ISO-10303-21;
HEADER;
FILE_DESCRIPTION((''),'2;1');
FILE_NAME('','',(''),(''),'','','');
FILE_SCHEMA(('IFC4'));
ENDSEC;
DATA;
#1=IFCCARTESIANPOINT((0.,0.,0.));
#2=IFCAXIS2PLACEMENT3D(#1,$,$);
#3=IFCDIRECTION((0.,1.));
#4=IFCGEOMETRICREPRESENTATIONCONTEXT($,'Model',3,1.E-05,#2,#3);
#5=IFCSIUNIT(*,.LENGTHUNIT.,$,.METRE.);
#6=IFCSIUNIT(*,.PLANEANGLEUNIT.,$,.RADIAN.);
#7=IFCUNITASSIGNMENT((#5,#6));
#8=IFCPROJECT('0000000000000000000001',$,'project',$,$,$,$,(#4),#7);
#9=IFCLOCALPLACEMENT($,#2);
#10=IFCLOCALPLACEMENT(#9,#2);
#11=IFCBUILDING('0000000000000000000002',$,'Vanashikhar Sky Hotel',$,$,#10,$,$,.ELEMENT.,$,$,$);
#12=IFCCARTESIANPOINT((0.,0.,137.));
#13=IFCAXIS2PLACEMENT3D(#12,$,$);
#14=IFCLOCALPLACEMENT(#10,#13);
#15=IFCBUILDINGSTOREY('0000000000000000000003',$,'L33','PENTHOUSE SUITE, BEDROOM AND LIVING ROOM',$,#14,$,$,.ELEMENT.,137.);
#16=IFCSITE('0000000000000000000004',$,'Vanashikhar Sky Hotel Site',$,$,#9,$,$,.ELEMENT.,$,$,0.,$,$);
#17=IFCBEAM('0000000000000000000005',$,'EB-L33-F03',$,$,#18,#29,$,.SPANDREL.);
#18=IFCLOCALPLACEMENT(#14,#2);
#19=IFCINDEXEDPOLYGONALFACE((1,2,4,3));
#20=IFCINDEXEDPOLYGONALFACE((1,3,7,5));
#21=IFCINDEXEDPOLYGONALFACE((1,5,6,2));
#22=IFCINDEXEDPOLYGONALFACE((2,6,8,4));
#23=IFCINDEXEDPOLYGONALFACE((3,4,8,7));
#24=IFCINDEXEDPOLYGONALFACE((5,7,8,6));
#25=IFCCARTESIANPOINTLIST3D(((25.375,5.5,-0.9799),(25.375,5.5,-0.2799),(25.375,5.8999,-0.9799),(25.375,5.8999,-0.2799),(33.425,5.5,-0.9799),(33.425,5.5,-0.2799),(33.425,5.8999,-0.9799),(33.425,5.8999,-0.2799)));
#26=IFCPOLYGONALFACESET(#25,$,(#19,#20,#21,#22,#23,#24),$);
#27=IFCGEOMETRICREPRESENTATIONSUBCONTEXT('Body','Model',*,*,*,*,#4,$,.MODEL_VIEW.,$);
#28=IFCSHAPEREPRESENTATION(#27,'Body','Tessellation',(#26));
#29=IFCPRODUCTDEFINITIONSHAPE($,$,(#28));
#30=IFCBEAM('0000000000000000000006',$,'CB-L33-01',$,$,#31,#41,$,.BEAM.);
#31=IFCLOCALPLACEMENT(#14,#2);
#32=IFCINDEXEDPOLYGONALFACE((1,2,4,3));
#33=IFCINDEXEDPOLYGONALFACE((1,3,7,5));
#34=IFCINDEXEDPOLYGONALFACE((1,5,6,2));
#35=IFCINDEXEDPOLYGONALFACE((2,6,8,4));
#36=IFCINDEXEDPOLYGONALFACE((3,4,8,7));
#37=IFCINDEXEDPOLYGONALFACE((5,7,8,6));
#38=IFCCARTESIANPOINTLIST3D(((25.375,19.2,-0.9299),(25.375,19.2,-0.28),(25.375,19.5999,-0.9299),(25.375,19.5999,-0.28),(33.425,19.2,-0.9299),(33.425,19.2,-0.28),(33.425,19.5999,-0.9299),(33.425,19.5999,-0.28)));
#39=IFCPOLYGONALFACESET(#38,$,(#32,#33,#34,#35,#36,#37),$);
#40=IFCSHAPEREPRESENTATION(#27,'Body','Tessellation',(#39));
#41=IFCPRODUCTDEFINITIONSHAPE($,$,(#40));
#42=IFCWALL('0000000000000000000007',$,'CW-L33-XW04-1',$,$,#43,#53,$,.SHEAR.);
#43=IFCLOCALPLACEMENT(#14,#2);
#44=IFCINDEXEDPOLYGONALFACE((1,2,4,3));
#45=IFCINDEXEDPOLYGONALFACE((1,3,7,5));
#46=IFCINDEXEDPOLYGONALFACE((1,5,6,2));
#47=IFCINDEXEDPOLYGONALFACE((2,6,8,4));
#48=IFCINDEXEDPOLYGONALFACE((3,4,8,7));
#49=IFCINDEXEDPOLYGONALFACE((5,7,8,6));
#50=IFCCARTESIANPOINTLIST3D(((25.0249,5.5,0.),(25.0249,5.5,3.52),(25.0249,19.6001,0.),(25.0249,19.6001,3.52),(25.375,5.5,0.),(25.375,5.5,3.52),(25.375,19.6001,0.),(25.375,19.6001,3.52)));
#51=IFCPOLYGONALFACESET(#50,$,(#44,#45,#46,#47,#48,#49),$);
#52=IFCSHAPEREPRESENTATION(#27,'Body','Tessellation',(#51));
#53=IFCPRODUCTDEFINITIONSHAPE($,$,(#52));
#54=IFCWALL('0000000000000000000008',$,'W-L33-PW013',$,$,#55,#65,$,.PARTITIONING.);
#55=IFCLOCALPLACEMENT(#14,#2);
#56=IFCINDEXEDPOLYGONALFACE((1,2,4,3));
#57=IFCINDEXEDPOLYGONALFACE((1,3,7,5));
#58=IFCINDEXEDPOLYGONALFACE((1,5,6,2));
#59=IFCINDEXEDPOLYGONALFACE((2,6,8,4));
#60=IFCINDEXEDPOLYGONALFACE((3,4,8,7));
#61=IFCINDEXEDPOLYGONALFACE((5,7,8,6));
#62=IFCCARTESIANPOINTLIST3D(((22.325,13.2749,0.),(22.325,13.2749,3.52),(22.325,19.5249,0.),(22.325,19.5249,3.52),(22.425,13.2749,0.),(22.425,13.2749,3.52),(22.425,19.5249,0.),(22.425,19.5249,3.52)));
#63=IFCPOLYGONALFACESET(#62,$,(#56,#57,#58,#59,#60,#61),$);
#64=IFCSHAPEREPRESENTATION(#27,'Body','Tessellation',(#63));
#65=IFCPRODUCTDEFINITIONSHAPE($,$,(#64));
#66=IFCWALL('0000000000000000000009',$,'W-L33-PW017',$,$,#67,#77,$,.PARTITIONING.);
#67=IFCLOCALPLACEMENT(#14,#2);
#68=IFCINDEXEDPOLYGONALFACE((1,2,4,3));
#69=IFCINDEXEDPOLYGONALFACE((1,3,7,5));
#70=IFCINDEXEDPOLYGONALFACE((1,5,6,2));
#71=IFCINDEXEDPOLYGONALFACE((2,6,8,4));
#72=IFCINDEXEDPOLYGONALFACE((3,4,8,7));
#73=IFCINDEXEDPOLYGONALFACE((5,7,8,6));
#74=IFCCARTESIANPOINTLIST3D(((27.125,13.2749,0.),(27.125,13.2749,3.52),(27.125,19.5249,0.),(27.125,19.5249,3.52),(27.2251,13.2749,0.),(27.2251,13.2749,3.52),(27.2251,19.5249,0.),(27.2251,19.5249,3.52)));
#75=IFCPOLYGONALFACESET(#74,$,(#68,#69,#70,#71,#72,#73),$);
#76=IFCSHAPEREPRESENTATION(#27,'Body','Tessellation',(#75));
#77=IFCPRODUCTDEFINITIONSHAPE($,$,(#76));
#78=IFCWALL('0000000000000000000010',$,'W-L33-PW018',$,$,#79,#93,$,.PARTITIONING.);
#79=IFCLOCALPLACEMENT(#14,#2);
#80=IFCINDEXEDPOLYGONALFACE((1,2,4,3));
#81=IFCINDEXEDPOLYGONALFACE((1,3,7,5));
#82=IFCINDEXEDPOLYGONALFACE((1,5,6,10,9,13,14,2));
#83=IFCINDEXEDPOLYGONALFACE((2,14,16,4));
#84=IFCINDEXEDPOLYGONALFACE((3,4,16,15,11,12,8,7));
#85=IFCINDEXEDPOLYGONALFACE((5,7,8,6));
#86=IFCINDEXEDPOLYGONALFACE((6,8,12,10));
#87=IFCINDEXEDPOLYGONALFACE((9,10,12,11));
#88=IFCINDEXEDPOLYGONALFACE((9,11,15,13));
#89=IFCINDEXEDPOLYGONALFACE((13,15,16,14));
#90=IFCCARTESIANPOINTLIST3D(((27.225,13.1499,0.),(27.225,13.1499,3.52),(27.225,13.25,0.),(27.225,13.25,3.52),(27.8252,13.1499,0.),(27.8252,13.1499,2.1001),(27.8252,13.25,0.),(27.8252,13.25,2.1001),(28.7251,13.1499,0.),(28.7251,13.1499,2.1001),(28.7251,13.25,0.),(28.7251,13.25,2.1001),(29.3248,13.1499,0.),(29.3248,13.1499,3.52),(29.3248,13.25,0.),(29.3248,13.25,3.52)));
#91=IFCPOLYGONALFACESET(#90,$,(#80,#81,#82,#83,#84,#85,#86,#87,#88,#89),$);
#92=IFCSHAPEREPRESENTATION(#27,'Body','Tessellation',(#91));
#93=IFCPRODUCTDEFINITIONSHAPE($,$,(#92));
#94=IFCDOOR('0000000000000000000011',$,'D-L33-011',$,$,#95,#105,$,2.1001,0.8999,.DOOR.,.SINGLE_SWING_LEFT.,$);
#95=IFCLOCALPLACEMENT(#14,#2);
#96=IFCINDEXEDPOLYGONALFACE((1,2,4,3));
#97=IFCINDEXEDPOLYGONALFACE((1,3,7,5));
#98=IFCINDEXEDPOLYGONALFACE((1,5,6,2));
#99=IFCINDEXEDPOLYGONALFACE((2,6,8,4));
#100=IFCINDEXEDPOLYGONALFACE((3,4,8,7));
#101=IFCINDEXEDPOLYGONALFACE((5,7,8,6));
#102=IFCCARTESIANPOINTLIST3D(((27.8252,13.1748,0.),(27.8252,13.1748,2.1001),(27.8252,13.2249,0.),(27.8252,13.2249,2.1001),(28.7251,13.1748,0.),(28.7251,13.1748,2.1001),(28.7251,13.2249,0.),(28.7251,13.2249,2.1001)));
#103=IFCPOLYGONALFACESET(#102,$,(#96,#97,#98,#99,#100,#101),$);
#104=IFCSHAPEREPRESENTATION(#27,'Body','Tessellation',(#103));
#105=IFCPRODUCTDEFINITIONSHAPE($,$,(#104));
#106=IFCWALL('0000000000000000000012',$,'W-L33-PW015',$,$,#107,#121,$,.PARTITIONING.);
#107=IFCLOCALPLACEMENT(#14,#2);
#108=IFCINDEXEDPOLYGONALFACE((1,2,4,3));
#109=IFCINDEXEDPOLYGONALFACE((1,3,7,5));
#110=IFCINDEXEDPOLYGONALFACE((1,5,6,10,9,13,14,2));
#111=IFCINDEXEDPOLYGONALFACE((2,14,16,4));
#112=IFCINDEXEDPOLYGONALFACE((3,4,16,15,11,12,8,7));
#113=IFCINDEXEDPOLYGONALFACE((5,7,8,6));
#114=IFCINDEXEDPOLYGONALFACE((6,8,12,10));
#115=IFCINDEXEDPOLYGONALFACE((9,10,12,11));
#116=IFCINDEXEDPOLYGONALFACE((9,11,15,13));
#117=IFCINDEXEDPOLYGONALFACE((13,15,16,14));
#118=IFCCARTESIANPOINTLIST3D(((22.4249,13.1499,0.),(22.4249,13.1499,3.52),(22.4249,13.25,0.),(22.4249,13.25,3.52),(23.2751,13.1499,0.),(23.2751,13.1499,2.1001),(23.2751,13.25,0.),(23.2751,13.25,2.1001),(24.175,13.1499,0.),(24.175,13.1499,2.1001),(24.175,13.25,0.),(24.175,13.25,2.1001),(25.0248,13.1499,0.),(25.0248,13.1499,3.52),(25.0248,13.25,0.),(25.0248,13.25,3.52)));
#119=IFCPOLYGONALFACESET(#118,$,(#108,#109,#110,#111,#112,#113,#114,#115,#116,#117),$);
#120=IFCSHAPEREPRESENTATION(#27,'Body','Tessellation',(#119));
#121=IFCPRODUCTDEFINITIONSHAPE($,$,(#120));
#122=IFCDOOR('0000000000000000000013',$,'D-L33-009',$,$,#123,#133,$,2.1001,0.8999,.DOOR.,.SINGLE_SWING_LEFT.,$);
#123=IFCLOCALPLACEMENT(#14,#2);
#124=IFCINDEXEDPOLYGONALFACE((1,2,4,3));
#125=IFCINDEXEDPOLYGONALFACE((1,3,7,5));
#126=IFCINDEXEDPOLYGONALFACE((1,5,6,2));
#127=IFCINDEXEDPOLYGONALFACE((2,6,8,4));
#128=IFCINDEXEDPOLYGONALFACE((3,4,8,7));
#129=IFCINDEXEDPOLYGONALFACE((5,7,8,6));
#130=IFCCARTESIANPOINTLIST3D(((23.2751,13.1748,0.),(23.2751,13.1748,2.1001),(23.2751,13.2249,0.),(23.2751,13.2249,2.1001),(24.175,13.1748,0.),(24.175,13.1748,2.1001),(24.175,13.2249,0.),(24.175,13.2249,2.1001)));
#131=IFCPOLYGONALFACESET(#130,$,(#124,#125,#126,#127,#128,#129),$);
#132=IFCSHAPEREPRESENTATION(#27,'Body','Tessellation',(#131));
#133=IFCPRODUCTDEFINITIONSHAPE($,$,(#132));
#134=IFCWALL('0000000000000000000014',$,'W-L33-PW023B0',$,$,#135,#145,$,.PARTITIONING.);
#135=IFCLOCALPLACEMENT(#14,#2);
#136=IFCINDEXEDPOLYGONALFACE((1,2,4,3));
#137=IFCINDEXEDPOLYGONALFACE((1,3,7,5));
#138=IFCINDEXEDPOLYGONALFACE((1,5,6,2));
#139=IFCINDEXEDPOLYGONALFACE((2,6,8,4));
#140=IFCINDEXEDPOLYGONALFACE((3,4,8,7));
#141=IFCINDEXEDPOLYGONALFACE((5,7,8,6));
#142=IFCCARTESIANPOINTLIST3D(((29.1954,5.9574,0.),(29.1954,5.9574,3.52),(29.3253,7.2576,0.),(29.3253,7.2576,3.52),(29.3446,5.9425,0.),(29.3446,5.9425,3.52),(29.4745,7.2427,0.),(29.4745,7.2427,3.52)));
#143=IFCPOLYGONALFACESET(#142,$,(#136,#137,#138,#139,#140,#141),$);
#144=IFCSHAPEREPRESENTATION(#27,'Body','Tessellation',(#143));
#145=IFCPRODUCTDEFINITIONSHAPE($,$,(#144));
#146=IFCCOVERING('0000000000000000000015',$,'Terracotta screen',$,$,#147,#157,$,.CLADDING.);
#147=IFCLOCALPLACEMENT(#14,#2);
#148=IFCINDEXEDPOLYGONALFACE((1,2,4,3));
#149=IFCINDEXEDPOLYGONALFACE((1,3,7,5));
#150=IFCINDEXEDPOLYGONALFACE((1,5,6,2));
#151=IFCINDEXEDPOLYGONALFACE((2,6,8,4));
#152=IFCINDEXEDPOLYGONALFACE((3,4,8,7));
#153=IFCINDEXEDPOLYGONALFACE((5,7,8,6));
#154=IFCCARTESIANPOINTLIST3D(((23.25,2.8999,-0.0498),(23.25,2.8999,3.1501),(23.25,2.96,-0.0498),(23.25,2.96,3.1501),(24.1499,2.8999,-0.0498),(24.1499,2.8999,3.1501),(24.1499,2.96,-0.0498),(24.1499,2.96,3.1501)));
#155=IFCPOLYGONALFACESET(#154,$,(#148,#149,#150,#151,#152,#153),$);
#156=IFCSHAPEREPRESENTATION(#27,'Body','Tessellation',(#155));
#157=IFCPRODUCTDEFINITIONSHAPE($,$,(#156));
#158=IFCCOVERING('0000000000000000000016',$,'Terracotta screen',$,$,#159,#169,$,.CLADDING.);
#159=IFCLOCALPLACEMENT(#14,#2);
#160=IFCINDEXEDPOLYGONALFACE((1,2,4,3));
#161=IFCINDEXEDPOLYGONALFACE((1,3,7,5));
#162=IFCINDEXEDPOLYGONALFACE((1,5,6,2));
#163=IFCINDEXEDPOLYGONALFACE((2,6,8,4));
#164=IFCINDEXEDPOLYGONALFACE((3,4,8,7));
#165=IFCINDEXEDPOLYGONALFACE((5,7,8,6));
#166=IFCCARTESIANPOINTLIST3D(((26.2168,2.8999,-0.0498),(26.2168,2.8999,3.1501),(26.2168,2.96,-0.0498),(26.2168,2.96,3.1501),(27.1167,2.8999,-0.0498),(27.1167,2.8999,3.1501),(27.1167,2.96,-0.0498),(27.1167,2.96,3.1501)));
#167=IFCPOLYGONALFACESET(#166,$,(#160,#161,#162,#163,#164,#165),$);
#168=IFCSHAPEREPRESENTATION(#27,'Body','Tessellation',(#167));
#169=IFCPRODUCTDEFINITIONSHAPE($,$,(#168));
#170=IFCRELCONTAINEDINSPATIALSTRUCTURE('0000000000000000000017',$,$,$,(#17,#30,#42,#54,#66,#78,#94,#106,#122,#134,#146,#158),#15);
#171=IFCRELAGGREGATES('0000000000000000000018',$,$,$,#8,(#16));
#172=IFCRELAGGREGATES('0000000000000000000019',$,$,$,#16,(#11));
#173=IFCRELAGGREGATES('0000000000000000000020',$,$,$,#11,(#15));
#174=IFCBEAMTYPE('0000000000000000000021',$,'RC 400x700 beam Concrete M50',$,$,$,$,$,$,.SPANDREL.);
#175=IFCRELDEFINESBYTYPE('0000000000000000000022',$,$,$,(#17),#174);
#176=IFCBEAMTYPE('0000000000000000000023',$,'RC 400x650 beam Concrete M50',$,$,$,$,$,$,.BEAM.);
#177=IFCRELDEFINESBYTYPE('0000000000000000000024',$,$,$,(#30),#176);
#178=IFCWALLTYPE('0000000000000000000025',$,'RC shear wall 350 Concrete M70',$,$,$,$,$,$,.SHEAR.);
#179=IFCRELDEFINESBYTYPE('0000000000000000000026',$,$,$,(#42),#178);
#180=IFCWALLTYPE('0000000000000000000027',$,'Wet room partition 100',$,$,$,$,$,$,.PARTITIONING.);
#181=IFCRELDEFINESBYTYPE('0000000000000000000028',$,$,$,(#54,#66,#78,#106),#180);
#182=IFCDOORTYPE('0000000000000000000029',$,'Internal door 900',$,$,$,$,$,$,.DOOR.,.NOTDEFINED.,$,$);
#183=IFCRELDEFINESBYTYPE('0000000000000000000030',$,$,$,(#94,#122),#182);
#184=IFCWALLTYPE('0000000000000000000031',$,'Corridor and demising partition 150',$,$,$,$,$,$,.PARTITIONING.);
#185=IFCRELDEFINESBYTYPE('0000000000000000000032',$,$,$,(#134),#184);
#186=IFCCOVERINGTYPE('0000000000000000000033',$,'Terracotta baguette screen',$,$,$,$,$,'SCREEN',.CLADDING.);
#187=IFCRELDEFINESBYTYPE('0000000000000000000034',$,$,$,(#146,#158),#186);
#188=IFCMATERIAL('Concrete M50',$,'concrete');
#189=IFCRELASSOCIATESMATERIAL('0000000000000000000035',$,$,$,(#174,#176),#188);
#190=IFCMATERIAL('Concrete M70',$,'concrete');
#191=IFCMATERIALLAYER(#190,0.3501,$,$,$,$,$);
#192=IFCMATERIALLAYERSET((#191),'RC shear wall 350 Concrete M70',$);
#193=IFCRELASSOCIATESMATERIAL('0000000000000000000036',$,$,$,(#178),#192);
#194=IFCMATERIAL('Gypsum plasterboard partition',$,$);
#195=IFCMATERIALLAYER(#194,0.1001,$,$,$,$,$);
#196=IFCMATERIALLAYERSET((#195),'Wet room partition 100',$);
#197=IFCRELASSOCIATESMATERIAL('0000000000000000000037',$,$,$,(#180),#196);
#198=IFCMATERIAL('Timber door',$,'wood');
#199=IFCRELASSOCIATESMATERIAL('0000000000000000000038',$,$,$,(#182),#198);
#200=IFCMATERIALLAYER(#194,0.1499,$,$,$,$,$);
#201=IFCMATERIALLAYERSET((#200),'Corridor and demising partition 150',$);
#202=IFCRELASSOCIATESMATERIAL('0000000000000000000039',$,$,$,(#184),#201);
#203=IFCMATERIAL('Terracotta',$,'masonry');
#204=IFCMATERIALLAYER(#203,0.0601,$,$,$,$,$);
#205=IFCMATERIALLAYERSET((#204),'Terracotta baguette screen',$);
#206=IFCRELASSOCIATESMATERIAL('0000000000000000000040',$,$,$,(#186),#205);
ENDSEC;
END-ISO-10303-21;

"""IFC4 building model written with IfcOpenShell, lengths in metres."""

from ifc_helpers import new_model, si_unit, direction, frame, frame_2d, origin, origin_2d, place, context, subcontext, project, spatial, rectangle, extrude, source, transform, mapped, material, layer, layer_set, material_profile, profile_set, type_object, element, fill, save


model = new_model("IFC4")

# Units and contexts
model_context = context("Model", 3, precision=1e-05, world=origin(), true_north=direction((0.0, 1.0)))
body_context = subcontext(model_context, "Body", "Model", "MODEL_VIEW")
ifc_project = project(units=[si_unit("LENGTHUNIT", "METRE"), si_unit("PLANEANGLEUNIT", "RADIAN")], contexts=[model_context])

# Site, building, storey
site_placement = place(None, origin())
site = spatial("IfcSite", under=ifc_project, at=site_placement, Name="Vanashikhar Sky Hotel Site", CompositionType="ELEMENT", RefElevation=0.0)
building_placement = place(site_placement, origin())
building = spatial("IfcBuilding", under=site, at=building_placement, Name="Vanashikhar Sky Hotel", CompositionType="ELEMENT")
storey_placement = place(building_placement, frame((0.0, 0.0, 137.0)))
storey = spatial("IfcBuildingStorey", under=building, at=storey_placement, Name="L33", Description="PENTHOUSE SUITE, BEDROOM AND LIVING ROOM", CompositionType="ELEMENT", Elevation=137.0)

# Beams
ifc_material_1 = material(Name="Concrete M50", Category="concrete")
ifc_material_profile_1 = material_profile(ifc_material_1, rectangle(XDim=0.3999, YDim=0.7, at=origin_2d()))
ifc_profile_set_1 = profile_set([ifc_material_profile_1], Name="RC 400x700 beam Concrete M50")
beam_type_1 = type_object("IfcBeamType", Name="RC 400x700 beam Concrete M50", PredefinedType="SPANDREL", material=ifc_profile_set_1)
shared_shape_1 = source(origin(), body_context, "Body", "SweptSolid", [
    extrude(rectangle(XDim=0.3999, YDim=0.7, at=origin_2d()), origin(), (0.0, 0.0, 1.0), 8.05),
])
beam_1_placement = place(storey_placement, frame((25.375, 5.7, -0.6299), z_axis=(1.0, 0.0, 0.0), x_axis=(0.0, 1.0, 0.0)))
element("IfcBeam", 1, at=beam_1_placement, inside=storey, type_object=beam_type_1, Name="EB-L33-F03", PredefinedType="SPANDREL", context=body_context, shape_type="MappedRepresentation", body=[
    mapped(shared_shape_1, transform((0.0, 0.0, 0.0), scale=1.0)),
])
ifc_material_profile_2 = material_profile(ifc_material_1, rectangle(XDim=0.3999, YDim=0.6499, at=origin_2d()))
ifc_profile_set_2 = profile_set([ifc_material_profile_2], Name="RC 400x650 beam Concrete M50")
beam_type_2 = type_object("IfcBeamType", Name="RC 400x650 beam Concrete M50", PredefinedType="BEAM", material=ifc_profile_set_2)
shared_shape_2 = source(origin(), body_context, "Body", "SweptSolid", [
    extrude(rectangle(XDim=0.3999, YDim=0.6499, at=origin_2d()), origin(), (0.0, 0.0, 1.0), 8.05),
])
beam_2_placement = place(storey_placement, frame((25.375, 19.3999, -0.605), z_axis=(1.0, 0.0, 0.0), x_axis=(0.0, 1.0, 0.0)))
element("IfcBeam", 2, at=beam_2_placement, inside=storey, type_object=beam_type_2, Name="CB-L33-01", PredefinedType="BEAM", context=body_context, shape_type="MappedRepresentation", body=[
    mapped(shared_shape_2, transform((0.0, 0.0, 0.0), scale=1.0)),
])

# Wall
ifc_material_2 = material(Name="Concrete M70", Category="concrete")
ifc_layer_1 = layer(ifc_material_2, 0.3501)
ifc_layer_set_1 = layer_set([ifc_layer_1], Name="RC shear wall 350 Concrete M70")
wall_type_1 = type_object("IfcWallType", Name="RC shear wall 350 Concrete M70", PredefinedType="SHEAR", material=ifc_layer_set_1)
shared_shape_3 = source(origin(), body_context, "Body", "SweptSolid", [
    extrude(rectangle(XDim=14.1001, YDim=0.3501, at=frame_2d((7.05, 0.0))), origin(), (0.0, 0.0, 1.0), 3.52),
])
wall_1_placement = place(storey_placement, frame((25.2, 5.5, 0.0), z_axis=(0.0, 0.0, 1.0), x_axis=(0.0, 1.0, 0.0)))
element("IfcWall", 3, at=wall_1_placement, inside=storey, type_object=wall_type_1, Name="CW-L33-XW04-1", PredefinedType="SHEAR", context=body_context, shape_type="MappedRepresentation", body=[
    mapped(shared_shape_3, transform((0.0, 0.0, 0.0), scale=1.0)),
])

# Walls
ifc_material_3 = material(Name="Gypsum plasterboard partition")
ifc_layer_2 = layer(ifc_material_3, 0.1001)
ifc_layer_set_2 = layer_set([ifc_layer_2], Name="Wet room partition 100")
wall_type_2 = type_object("IfcWallType", Name="Wet room partition 100", PredefinedType="PARTITIONING", material=ifc_layer_set_2)
shared_shape_4 = source(origin(), body_context, "Body", "SweptSolid", [
    extrude(rectangle(XDim=6.25, YDim=0.1001, at=frame_2d((3.125, 0.0))), origin(), (0.0, 0.0, 1.0), 3.52),
])
for number, where, z_axis, x_axis, name in (
    (4, (22.375, 13.2749, 0.0), (0.0, 0.0, 1.0), (0.0, 1.0, 0.0), "W-L33-PW013"),
    (5, (27.175, 13.2749, 0.0), (0.0, 0.0, 1.0), (0.0, 1.0, 0.0), "W-L33-PW017"),
):
    element("IfcWall", number, at=place(storey_placement, frame(where, z_axis=z_axis, x_axis=x_axis)), inside=storey, type_object=wall_type_2, Name=name, PredefinedType="PARTITIONING", context=body_context, shape_type="MappedRepresentation", body=[
        mapped(shared_shape_4, transform((0.0, 0.0, 0.0), scale=1.0)),
    ])

# Walls, openings, doors
shared_shape_5 = source(origin(), body_context, "Body", "SweptSolid", [
    extrude(rectangle(XDim=2.0999, YDim=0.1001, at=frame_2d((1.0498, 0.0))), origin(), (0.0, 0.0, 1.0), 3.52),
])
wall_2_placement = place(storey_placement, frame((27.2251, 13.2, 0.0), z_axis=(0.0, 0.0, 1.0), x_axis=(1.0, 0.0, 0.0)))
wall_2 = element("IfcWall", 6, at=wall_2_placement, inside=storey, type_object=wall_type_2, Name="W-L33-PW018", PredefinedType="PARTITIONING", context=body_context, shape_type="MappedRepresentation", body=[
    mapped(shared_shape_5, transform((0.0, 0.0, 0.0), scale=1.0)),
])
shared_shape_6 = source(origin(), body_context, "Body", "SweptSolid", [
    extrude(rectangle(XDim=0.8999, YDim=2.1001, at=frame_2d((0.45, 1.05))), frame((0.0, 0.0601, 0.0), z_axis=(0.0, -1.0, 0.0), x_axis=(1.0, 0.0, 0.0)), (0.0, 0.0, 1.0), 0.1201),
])
opening_1_placement = place(wall_2_placement, frame((0.6001, 0.0, 0.0)))
opening_1 = element("IfcOpeningElement", 7, at=opening_1_placement, cuts=wall_2, PredefinedType="OPENING", context=body_context, shape_type="MappedRepresentation", body=[
    mapped(shared_shape_6, transform((0.0, 0.0, 0.0), scale=1.0)),
])
ifc_material_4 = material(Name="Timber door", Category="wood")
door_type_1 = type_object("IfcDoorType", Name="Internal door 900", OperationType="NOTDEFINED", PredefinedType="DOOR", material=ifc_material_4)
shared_shape_7 = source(origin(), body_context, "Body", "SweptSolid", [
    extrude(rectangle(XDim=0.8999, YDim=2.1001, at=frame_2d((0.45, 1.05))), frame((0.0, 0.0249, 0.0), z_axis=(0.0, -1.0, 0.0), x_axis=(1.0, 0.0, 0.0)), (0.0, 0.0, 1.0), 0.05),
])
door_1_placement = place(opening_1_placement, origin())
door_1 = element("IfcDoor", 8, at=door_1_placement, inside=storey, type_object=door_type_1, Name="D-L33-011", OperationType="SINGLE_SWING_LEFT", OverallHeight=2.1001, OverallWidth=0.8999, PredefinedType="DOOR", context=body_context, shape_type="MappedRepresentation", body=[
    mapped(shared_shape_7, transform((0.0, 0.0, 0.0), scale=1.0)),
])
fill(opening_1, door_1)
shared_shape_8 = source(origin(), body_context, "Body", "SweptSolid", [
    extrude(rectangle(XDim=2.5999, YDim=0.1001, at=frame_2d((1.2998, 0.0))), origin(), (0.0, 0.0, 1.0), 3.52),
])
wall_3_placement = place(storey_placement, frame((22.425, 13.2, 0.0), z_axis=(0.0, 0.0, 1.0), x_axis=(1.0, 0.0, 0.0)))
wall_3 = element("IfcWall", 9, at=wall_3_placement, inside=storey, type_object=wall_type_2, Name="W-L33-PW015", PredefinedType="PARTITIONING", context=body_context, shape_type="MappedRepresentation", body=[
    mapped(shared_shape_8, transform((0.0, 0.0, 0.0), scale=1.0)),
])
opening_2_placement = place(wall_3_placement, frame((0.8501, 0.0, 0.0)))
opening_2 = element("IfcOpeningElement", 10, at=opening_2_placement, cuts=wall_3, PredefinedType="OPENING", context=body_context, shape_type="MappedRepresentation", body=[
    mapped(shared_shape_6, transform((0.0, 0.0, 0.0), scale=1.0)),
])
door_2_placement = place(opening_2_placement, origin())
door_2 = element("IfcDoor", 11, at=door_2_placement, inside=storey, type_object=door_type_1, Name="D-L33-009", OperationType="SINGLE_SWING_LEFT", OverallHeight=2.1001, OverallWidth=0.8999, PredefinedType="DOOR", context=body_context, shape_type="MappedRepresentation", body=[
    mapped(shared_shape_7, transform((0.0, 0.0, 0.0), scale=1.0)),
])
fill(opening_2, door_2)

# Wall
ifc_layer_3 = layer(ifc_material_3, 0.1499)
ifc_layer_set_3 = layer_set([ifc_layer_3], Name="Corridor and demising partition 150")
wall_type_3 = type_object("IfcWallType", Name="Corridor and demising partition 150", PredefinedType="PARTITIONING", material=ifc_layer_set_3)
shared_shape_9 = source(origin(), body_context, "Body", "SweptSolid", [
    extrude(rectangle(XDim=1.3066, YDim=0.1499, at=frame_2d((0.6533, 0.0))), origin(), (0.0, 0.0, 1.0), 3.52),
])
wall_4_placement = place(storey_placement, frame((29.27, 5.95, 0.0), z_axis=(0.0, 0.0, 1.0), x_axis=(0.099411, 0.995046, 0.0)))
element("IfcWall", 12, at=wall_4_placement, inside=storey, type_object=wall_type_3, Name="W-L33-PW023B0", PredefinedType="PARTITIONING", context=body_context, shape_type="MappedRepresentation", body=[
    mapped(shared_shape_9, transform((0.0, 0.0, 0.0), scale=1.0)),
])

# Coverings
ifc_material_5 = material(Name="Terracotta", Category="masonry")
ifc_layer_4 = layer(ifc_material_5, 0.0601)
ifc_layer_set_4 = layer_set([ifc_layer_4], Name="Terracotta baguette screen")
covering_type = type_object("IfcCoveringType", Name="Terracotta baguette screen", ElementType="SCREEN", PredefinedType="CLADDING", material=ifc_layer_set_4)
shared_shape_10 = source(origin(), body_context, "Body", "SweptSolid", [
    extrude(rectangle(XDim=0.8999, YDim=0.0601, at=origin_2d()), origin(), (0.0, 0.0, 1.0), 3.2),
])
for number, where, z_axis, x_axis, name in (
    (13, (23.7, 2.9299, -0.0498), (0.0, 0.0, 1.0), (1.0, 0.0, 0.0), "Terracotta screen"),
    (14, (26.6667, 2.9299, -0.0498), (0.0, 0.0, 1.0), (1.0, 0.0, 0.0), "Terracotta screen"),
):
    element("IfcCovering", number, at=place(storey_placement, frame(where, z_axis=z_axis, x_axis=x_axis)), inside=storey, type_object=covering_type, Name=name, PredefinedType="CLADDING", context=body_context, shape_type="MappedRepresentation", body=[
        mapped(shared_shape_10, transform((0.0, 0.0, 0.0), scale=1.0)),
    ])

save(model, "model.ifc")
